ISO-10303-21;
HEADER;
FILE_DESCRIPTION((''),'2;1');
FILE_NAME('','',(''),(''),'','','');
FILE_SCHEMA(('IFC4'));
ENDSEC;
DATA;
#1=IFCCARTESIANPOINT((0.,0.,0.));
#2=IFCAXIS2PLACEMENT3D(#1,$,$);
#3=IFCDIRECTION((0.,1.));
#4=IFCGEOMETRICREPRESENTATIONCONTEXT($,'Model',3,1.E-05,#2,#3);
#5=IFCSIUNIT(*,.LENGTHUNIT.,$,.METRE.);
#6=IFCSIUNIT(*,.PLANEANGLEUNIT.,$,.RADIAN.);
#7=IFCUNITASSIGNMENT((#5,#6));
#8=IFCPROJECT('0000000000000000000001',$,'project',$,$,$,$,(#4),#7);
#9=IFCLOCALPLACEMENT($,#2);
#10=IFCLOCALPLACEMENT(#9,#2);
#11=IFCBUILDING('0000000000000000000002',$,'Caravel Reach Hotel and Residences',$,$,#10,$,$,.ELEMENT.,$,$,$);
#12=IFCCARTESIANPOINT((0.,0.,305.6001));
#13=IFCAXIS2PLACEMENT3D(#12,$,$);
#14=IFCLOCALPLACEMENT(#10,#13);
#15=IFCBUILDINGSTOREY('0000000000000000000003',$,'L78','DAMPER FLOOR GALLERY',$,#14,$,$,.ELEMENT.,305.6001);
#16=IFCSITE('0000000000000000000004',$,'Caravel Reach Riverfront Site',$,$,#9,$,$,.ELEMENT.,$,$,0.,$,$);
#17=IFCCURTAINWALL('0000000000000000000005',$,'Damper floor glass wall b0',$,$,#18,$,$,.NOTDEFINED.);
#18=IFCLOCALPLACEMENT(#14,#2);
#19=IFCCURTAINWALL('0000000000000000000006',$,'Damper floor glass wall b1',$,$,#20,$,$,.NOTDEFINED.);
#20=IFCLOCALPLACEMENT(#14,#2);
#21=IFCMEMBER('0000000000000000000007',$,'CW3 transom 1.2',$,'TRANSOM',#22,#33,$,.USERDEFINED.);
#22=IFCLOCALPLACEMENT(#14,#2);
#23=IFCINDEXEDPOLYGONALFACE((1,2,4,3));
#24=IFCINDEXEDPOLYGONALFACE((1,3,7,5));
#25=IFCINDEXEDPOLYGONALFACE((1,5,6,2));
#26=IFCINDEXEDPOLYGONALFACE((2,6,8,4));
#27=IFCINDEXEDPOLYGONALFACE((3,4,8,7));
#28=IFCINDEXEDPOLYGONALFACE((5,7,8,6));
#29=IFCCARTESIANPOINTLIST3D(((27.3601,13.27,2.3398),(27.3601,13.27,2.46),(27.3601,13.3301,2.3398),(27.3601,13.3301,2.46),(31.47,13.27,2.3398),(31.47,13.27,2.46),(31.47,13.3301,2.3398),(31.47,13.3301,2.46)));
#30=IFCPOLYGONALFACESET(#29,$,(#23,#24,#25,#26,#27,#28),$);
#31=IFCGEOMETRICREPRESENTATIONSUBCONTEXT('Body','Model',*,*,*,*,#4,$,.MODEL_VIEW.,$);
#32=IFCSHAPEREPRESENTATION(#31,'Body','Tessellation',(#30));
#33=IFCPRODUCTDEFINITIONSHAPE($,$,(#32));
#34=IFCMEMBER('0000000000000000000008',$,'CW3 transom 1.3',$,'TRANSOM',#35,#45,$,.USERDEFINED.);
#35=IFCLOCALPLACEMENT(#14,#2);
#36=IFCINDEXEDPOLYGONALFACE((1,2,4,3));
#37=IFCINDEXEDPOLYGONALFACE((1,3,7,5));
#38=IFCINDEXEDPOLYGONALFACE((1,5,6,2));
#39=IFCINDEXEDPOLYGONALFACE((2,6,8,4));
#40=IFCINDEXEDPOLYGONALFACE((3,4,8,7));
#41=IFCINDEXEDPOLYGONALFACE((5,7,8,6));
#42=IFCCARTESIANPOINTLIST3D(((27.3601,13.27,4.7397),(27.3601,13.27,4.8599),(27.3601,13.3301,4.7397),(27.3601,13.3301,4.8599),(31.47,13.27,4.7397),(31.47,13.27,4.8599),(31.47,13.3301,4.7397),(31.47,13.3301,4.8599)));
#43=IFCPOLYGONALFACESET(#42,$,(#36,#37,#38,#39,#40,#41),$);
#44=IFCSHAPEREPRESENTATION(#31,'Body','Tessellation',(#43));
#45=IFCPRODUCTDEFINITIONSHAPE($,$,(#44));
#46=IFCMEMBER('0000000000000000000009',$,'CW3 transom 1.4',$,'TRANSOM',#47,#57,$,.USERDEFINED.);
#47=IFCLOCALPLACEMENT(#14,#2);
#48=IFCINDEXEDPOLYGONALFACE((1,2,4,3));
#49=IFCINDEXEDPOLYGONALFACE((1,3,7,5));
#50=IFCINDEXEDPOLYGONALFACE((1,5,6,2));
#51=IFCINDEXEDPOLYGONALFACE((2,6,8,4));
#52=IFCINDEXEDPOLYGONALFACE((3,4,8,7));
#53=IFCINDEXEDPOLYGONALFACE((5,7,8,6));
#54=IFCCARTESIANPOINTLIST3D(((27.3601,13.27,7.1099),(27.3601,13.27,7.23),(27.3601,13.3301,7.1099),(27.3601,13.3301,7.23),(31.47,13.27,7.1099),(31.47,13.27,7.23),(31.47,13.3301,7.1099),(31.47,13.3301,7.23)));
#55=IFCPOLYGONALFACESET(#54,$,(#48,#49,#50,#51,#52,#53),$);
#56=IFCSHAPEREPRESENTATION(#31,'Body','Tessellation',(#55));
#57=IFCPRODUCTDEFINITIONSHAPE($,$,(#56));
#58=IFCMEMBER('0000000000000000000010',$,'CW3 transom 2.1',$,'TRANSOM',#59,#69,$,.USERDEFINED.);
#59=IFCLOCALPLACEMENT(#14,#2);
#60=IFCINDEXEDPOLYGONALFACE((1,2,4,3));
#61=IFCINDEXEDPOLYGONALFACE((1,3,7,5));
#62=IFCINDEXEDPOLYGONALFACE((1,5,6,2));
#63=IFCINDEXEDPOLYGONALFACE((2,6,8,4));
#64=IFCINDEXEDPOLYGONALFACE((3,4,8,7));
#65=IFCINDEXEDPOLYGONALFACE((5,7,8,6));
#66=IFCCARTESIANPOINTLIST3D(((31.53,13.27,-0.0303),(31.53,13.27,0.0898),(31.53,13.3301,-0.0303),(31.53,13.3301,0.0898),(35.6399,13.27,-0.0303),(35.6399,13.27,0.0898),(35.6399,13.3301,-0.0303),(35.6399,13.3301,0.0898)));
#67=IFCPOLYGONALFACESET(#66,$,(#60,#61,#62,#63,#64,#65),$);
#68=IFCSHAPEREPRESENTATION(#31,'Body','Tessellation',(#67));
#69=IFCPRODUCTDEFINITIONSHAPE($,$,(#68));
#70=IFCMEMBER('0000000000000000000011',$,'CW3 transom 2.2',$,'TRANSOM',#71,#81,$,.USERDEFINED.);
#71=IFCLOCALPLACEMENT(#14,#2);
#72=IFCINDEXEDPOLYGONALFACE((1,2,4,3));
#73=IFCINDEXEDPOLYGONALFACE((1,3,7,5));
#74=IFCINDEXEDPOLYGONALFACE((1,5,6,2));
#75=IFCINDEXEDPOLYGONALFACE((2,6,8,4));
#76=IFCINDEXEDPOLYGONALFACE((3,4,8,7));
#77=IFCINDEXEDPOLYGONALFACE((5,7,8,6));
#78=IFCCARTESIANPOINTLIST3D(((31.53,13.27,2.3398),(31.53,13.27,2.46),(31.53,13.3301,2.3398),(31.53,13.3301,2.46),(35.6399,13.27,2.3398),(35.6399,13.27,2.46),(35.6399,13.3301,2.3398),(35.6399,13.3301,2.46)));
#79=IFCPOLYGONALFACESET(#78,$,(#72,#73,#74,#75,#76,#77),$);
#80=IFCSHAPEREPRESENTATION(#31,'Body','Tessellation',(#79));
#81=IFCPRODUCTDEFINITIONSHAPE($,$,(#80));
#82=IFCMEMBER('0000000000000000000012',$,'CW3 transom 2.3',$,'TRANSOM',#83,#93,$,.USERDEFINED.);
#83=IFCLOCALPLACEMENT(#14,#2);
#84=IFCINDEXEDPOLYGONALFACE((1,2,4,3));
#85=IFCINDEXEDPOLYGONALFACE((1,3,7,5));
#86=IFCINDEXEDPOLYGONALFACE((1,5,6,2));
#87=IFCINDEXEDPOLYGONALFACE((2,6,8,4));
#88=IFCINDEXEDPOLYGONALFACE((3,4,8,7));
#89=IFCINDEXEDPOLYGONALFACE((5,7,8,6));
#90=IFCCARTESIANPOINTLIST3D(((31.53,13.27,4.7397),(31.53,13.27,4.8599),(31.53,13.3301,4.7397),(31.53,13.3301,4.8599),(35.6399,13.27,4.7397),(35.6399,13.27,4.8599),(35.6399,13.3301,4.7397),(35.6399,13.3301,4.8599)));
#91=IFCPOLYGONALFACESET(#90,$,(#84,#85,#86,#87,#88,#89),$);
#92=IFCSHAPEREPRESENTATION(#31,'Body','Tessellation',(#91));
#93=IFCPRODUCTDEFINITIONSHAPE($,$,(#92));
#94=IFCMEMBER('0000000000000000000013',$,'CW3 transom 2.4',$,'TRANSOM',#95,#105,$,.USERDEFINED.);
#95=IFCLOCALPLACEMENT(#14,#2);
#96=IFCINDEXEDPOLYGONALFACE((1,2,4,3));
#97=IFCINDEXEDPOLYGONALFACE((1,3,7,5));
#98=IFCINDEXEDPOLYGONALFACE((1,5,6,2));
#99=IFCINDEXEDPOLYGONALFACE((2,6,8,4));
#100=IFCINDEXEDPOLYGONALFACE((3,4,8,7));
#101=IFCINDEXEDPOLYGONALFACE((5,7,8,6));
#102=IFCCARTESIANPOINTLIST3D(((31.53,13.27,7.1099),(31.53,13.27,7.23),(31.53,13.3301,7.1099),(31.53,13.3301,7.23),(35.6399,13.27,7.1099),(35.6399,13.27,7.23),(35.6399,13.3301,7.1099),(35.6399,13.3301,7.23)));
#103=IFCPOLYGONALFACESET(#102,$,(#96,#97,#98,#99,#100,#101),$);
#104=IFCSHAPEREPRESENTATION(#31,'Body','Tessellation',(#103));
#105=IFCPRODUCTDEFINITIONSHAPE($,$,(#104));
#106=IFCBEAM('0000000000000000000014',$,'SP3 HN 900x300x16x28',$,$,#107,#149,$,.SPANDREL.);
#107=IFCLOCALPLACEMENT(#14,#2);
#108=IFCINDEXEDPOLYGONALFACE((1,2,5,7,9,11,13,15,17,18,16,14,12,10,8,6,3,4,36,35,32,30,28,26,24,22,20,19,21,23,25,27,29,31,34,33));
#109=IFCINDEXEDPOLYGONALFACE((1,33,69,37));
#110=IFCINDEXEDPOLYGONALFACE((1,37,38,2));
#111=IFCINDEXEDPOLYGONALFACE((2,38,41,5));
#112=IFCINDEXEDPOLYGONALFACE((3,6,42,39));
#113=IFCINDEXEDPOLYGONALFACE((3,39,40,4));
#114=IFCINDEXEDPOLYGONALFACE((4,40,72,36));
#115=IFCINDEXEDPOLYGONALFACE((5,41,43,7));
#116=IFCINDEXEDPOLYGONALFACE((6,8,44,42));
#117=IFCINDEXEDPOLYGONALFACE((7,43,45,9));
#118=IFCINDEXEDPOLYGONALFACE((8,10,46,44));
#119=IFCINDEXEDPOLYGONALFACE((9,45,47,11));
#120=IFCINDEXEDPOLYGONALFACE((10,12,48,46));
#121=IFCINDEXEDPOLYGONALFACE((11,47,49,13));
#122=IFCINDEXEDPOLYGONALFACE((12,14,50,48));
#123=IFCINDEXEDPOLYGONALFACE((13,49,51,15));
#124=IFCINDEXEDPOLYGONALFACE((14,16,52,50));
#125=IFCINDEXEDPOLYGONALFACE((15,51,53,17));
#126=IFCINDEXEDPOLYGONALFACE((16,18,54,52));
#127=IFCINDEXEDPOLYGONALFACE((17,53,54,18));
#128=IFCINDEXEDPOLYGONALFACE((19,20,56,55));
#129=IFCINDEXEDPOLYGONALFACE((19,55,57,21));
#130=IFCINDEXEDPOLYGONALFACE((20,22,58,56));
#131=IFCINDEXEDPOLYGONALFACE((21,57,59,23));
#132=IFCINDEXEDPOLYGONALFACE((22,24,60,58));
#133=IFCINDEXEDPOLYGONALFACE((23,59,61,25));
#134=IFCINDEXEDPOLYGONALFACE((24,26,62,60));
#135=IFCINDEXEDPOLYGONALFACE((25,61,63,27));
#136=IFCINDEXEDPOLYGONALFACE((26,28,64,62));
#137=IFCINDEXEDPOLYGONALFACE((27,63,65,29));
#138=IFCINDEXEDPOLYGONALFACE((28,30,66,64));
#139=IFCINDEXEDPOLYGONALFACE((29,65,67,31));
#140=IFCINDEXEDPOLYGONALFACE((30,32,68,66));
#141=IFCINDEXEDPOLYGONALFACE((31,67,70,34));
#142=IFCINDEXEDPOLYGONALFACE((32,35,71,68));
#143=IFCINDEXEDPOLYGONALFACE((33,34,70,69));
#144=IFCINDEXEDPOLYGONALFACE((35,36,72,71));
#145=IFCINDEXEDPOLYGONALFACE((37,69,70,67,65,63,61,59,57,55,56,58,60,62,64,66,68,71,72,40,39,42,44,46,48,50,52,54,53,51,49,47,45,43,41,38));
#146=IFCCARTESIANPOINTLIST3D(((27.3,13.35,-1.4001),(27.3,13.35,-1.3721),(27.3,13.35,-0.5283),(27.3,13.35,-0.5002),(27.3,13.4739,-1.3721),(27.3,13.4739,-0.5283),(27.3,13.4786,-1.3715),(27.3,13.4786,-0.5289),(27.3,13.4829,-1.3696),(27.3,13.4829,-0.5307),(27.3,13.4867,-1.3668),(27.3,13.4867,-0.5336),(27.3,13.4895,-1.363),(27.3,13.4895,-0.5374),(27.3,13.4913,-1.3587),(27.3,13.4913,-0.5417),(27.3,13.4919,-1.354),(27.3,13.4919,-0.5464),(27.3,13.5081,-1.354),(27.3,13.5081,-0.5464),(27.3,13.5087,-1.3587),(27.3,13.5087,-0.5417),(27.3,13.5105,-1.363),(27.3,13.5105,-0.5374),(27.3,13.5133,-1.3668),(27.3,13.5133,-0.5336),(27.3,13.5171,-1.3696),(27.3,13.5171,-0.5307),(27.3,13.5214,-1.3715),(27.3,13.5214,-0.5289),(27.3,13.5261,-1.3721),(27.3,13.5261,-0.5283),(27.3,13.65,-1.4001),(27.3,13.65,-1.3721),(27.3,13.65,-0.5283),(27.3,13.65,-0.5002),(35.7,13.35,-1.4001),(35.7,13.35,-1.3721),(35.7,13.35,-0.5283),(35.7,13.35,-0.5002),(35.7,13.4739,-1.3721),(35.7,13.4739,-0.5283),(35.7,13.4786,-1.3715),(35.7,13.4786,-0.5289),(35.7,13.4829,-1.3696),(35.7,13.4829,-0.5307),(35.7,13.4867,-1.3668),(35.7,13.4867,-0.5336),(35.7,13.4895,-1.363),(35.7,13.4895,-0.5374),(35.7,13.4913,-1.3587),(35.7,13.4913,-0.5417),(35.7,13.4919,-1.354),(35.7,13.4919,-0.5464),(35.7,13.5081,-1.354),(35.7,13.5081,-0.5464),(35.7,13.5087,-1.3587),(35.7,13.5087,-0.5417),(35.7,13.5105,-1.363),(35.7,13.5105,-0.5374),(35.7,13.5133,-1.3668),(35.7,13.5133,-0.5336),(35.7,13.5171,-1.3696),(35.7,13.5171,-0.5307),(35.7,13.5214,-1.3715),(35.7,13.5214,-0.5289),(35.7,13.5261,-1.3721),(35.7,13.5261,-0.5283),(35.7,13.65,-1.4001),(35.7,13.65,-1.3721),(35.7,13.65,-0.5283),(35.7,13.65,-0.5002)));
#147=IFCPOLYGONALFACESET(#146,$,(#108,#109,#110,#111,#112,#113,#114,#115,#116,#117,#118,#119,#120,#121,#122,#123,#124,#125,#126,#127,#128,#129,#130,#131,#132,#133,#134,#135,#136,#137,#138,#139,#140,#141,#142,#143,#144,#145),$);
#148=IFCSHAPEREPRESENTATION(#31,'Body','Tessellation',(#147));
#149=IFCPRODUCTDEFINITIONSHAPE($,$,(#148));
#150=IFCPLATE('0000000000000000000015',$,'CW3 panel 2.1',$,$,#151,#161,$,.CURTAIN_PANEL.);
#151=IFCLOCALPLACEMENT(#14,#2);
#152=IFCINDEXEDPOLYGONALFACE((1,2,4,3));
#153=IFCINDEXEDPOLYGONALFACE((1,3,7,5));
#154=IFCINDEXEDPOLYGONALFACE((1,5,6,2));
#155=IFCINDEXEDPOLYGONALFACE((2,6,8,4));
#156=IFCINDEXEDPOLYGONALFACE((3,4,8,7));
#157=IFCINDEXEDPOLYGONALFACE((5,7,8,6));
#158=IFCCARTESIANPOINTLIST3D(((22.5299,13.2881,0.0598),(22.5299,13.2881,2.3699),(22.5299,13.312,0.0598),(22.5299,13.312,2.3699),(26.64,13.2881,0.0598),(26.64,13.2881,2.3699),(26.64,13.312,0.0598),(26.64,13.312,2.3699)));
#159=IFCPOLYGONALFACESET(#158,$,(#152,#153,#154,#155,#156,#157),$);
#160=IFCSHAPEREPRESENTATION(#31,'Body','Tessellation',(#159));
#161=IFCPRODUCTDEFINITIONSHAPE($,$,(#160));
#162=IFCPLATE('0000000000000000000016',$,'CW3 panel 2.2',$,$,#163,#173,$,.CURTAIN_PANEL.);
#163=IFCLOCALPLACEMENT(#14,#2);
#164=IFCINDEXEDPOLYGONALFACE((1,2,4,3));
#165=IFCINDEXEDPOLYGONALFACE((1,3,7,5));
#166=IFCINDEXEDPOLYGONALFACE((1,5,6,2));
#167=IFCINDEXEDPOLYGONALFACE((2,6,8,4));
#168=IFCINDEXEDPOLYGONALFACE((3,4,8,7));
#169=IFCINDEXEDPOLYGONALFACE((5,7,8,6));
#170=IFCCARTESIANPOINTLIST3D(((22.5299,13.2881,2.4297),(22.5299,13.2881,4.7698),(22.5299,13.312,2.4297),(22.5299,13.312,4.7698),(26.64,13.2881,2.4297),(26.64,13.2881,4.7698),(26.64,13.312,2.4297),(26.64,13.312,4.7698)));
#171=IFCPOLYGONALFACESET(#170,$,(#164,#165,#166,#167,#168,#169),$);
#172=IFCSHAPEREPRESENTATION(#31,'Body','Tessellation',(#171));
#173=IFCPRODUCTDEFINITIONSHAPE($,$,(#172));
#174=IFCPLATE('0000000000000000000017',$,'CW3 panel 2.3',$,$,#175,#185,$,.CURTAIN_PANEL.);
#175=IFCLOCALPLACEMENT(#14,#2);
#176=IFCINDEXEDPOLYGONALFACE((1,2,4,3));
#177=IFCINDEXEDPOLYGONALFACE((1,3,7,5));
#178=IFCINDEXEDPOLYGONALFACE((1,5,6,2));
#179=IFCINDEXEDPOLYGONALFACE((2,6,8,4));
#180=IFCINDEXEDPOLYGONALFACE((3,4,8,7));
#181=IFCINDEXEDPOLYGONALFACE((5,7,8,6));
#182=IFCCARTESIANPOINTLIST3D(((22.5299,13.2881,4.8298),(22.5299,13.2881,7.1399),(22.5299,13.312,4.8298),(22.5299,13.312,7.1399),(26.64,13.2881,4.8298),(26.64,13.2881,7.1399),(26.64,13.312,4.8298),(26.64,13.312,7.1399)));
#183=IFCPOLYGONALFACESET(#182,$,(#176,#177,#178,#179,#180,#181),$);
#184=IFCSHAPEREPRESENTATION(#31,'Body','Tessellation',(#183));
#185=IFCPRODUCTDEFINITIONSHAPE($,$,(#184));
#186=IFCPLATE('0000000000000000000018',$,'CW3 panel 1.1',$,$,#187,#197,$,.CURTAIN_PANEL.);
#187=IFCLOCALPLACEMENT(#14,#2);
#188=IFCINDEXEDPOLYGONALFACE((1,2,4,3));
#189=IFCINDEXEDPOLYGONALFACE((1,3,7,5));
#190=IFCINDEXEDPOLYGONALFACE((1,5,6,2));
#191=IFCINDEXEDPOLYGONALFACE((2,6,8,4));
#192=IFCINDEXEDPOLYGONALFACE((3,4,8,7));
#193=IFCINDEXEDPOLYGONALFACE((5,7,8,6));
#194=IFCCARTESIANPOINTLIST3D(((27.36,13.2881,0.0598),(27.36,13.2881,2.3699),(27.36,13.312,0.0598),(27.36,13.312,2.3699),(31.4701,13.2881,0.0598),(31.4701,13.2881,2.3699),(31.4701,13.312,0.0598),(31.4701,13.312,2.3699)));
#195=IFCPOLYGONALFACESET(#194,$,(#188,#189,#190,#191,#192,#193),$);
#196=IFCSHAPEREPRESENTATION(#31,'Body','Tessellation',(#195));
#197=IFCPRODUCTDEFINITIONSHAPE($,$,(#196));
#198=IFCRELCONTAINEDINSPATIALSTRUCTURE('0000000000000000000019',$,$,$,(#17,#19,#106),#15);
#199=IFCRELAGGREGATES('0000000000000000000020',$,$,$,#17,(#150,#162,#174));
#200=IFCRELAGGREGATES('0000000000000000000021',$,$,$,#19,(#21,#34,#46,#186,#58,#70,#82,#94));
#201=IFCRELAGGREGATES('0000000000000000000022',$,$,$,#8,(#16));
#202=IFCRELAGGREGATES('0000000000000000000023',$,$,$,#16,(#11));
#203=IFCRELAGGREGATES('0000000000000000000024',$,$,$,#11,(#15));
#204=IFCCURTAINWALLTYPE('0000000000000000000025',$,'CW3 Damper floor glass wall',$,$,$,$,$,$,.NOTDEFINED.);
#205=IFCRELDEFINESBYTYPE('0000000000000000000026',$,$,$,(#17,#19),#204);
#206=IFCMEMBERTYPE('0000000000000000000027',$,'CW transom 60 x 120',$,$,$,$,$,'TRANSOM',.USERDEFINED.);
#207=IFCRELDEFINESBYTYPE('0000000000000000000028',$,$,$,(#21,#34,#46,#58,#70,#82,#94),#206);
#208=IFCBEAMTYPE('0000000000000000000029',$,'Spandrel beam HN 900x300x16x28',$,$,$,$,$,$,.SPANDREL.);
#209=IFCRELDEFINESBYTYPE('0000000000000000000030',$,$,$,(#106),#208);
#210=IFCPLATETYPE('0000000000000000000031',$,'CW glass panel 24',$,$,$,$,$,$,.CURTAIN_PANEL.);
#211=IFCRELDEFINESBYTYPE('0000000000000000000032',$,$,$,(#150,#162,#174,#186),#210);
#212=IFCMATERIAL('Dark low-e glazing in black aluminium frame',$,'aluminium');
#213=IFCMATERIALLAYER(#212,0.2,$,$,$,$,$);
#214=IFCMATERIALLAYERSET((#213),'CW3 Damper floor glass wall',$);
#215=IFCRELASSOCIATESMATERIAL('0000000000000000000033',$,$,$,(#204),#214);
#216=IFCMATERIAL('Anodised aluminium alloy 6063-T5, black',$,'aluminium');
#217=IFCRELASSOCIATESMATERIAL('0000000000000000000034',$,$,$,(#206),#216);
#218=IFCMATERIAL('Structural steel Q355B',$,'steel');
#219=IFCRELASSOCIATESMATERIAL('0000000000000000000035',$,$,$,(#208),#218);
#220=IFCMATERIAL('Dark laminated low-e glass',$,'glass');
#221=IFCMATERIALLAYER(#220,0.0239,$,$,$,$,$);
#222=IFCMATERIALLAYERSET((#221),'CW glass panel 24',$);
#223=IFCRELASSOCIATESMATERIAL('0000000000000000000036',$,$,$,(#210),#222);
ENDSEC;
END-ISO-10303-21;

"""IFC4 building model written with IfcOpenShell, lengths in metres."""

from ifc_helpers import new_model, si_unit, direction, frame, origin, origin_2d, place, context, subcontext, project, spatial, rectangle, i_section, extrude, material, layer, layer_set, material_profile, profile_set, type_object, element, aggregate, save


model = new_model("IFC4")

# Units and contexts
model_context = context("Model", 3, precision=1e-05, world=origin(), true_north=direction((0.0, 1.0)))
body_context = subcontext(model_context, "Body", "Model", "MODEL_VIEW")
ifc_project = project(units=[si_unit("LENGTHUNIT", "METRE"), si_unit("PLANEANGLEUNIT", "RADIAN")], contexts=[model_context])

# Site, building, storey
site_placement = place(None, origin())
site = spatial("IfcSite", under=ifc_project, at=site_placement, Name="Caravel Reach Riverfront Site", CompositionType="ELEMENT", RefElevation=0.0)
building_placement = place(site_placement, origin())
building = spatial("IfcBuilding", under=site, at=building_placement, Name="Caravel Reach Hotel and Residences", CompositionType="ELEMENT")
storey_placement = place(building_placement, frame((0.0, 0.0, 305.6001)))
storey = spatial("IfcBuildingStorey", under=building, at=storey_placement, Name="L78", Description="DAMPER FLOOR GALLERY", CompositionType="ELEMENT", Elevation=305.6001)

# Curtain wall
ifc_material_1 = material(Name="Dark low-e glazing in black aluminium frame", Category="aluminium")
ifc_layer_1 = layer(ifc_material_1, 0.2)
ifc_layer_set_1 = layer_set([ifc_layer_1], Name="CW3 Damper floor glass wall")
curtain_wall_type = type_object("IfcCurtainWallType", Name="CW3 Damper floor glass wall", PredefinedType="NOTDEFINED", material=ifc_layer_set_1)
curtain_wall_1_placement = place(storey_placement, origin())
curtain_wall_1 = element("IfcCurtainWall", 1, at=curtain_wall_1_placement, inside=storey, type_object=curtain_wall_type, Name="Damper floor glass wall b0", PredefinedType="NOTDEFINED")

# Curtain wall
curtain_wall_2_placement = place(storey_placement, origin())
curtain_wall_2 = element("IfcCurtainWall", 2, at=curtain_wall_2_placement, inside=storey, type_object=curtain_wall_type, Name="Damper floor glass wall b1", PredefinedType="NOTDEFINED")

# Members
ifc_material_2 = material(Name="Anodised aluminium alloy 6063-T5, black", Category="aluminium")
ifc_material_profile_1 = material_profile(ifc_material_2, rectangle(XDim=0.0601, YDim=0.1201, at=origin_2d()), Name="CW transom 60 x 120")
ifc_profile_set_1 = profile_set([ifc_material_profile_1], Name="Anodised aluminium alloy 6063-T5, black")
member_type_1 = type_object("IfcMemberType", Name="CW transom 60 x 120", ElementType="TRANSOM", PredefinedType="USERDEFINED", material=ifc_profile_set_1)
member_1_placement = place(storey_placement, frame((27.3601, 13.3, 2.3999), z_axis=(1.0, 0.0, 0.0), x_axis=(0.0, 1.0, 0.0)))
member_1 = element("IfcMember", 3, at=member_1_placement, type_object=member_type_1, Name="CW3 transom 1.2", ObjectType="TRANSOM", PredefinedType="USERDEFINED", context=body_context, shape_type="SweptSolid", body=[
    extrude(rectangle(XDim=0.0601, YDim=0.1201, at=origin_2d()), origin(), (0.0, 0.0, 1.0), 4.1099),
])
member_2_placement = place(storey_placement, frame((27.3601, 13.3, 4.7998), z_axis=(1.0, 0.0, 0.0), x_axis=(0.0, 1.0, 0.0)))
member_2 = element("IfcMember", 4, at=member_2_placement, type_object=member_type_1, Name="CW3 transom 1.3", ObjectType="TRANSOM", PredefinedType="USERDEFINED", context=body_context, shape_type="SweptSolid", body=[
    extrude(rectangle(XDim=0.0601, YDim=0.1201, at=origin_2d()), origin(), (0.0, 0.0, 1.0), 4.1099),
])
member_3_placement = place(storey_placement, frame((27.3601, 13.3, 7.1699), z_axis=(1.0, 0.0, 0.0), x_axis=(0.0, 1.0, 0.0)))
member_3 = element("IfcMember", 5, at=member_3_placement, type_object=member_type_1, Name="CW3 transom 1.4", ObjectType="TRANSOM", PredefinedType="USERDEFINED", context=body_context, shape_type="SweptSolid", body=[
    extrude(rectangle(XDim=0.0601, YDim=0.1201, at=origin_2d()), origin(), (0.0, 0.0, 1.0), 4.1099),
])
member_4_placement = place(storey_placement, frame((31.53, 13.3, 0.0298), z_axis=(1.0, 0.0, 0.0), x_axis=(0.0, 1.0, 0.0)))
member_4 = element("IfcMember", 6, at=member_4_placement, type_object=member_type_1, Name="CW3 transom 2.1", ObjectType="TRANSOM", PredefinedType="USERDEFINED", context=body_context, shape_type="SweptSolid", body=[
    extrude(rectangle(XDim=0.0601, YDim=0.1201, at=origin_2d()), origin(), (0.0, 0.0, 1.0), 4.1099),
])
member_5_placement = place(storey_placement, frame((31.53, 13.3, 2.3999), z_axis=(1.0, 0.0, 0.0), x_axis=(0.0, 1.0, 0.0)))
member_5 = element("IfcMember", 7, at=member_5_placement, type_object=member_type_1, Name="CW3 transom 2.2", ObjectType="TRANSOM", PredefinedType="USERDEFINED", context=body_context, shape_type="SweptSolid", body=[
    extrude(rectangle(XDim=0.0601, YDim=0.1201, at=origin_2d()), origin(), (0.0, 0.0, 1.0), 4.1099),
])
member_6_placement = place(storey_placement, frame((31.53, 13.3, 4.7998), z_axis=(1.0, 0.0, 0.0), x_axis=(0.0, 1.0, 0.0)))
member_6 = element("IfcMember", 8, at=member_6_placement, type_object=member_type_1, Name="CW3 transom 2.3", ObjectType="TRANSOM", PredefinedType="USERDEFINED", context=body_context, shape_type="SweptSolid", body=[
    extrude(rectangle(XDim=0.0601, YDim=0.1201, at=origin_2d()), origin(), (0.0, 0.0, 1.0), 4.1099),
])
member_7_placement = place(storey_placement, frame((31.53, 13.3, 7.1699), z_axis=(1.0, 0.0, 0.0), x_axis=(0.0, 1.0, 0.0)))
member_7 = element("IfcMember", 9, at=member_7_placement, type_object=member_type_1, Name="CW3 transom 2.4", ObjectType="TRANSOM", PredefinedType="USERDEFINED", context=body_context, shape_type="SweptSolid", body=[
    extrude(rectangle(XDim=0.0601, YDim=0.1201, at=origin_2d()), origin(), (0.0, 0.0, 1.0), 4.1099),
])

# Beam
ifc_material_3 = material(Name="Structural steel Q355B", Category="steel")
ifc_material_profile_2 = material_profile(ifc_material_3, i_section(OverallWidth=0.3, OverallDepth=0.8999, WebThickness=0.0161, FlangeThickness=0.0281, FilletRadius=0.0181, at=origin_2d()), Name="HN 900x300x16x28")
ifc_profile_set_2 = profile_set([ifc_material_profile_2], Name="Structural steel Q355B")
beam_type = type_object("IfcBeamType", Name="Spandrel beam HN 900x300x16x28", PredefinedType="SPANDREL", material=ifc_profile_set_2)
beam_placement = place(storey_placement, frame((27.3, 13.5, -0.9502), z_axis=(1.0, 0.0, 0.0), x_axis=(0.0, 1.0, 0.0)))
element("IfcBeam", 10, at=beam_placement, inside=storey, type_object=beam_type, Name="SP3 HN 900x300x16x28", PredefinedType="SPANDREL", context=body_context, shape_type="SweptSolid", body=[
    extrude(i_section(OverallWidth=0.3, OverallDepth=0.8999, WebThickness=0.0161, FlangeThickness=0.0281, FilletRadius=0.0181, at=origin_2d()), origin(), (0.0, 0.0, 1.0), 8.3999),
])

# Plates
ifc_material_4 = material(Name="Dark laminated low-e glass", Category="glass")
ifc_layer_2 = layer(ifc_material_4, 0.0239)
ifc_layer_set_2 = layer_set([ifc_layer_2], Name="CW glass panel 24")
plate_type = type_object("IfcPlateType", Name="CW glass panel 24", PredefinedType="CURTAIN_PANEL", material=ifc_layer_set_2)
plate_1_placement = place(storey_placement, frame((24.585, 13.3, 0.0598), z_axis=(0.0, 0.0, 1.0), x_axis=(1.0, 0.0, 0.0)))
plate_1 = element("IfcPlate", 11, at=plate_1_placement, type_object=plate_type, Name="CW3 panel 2.1", PredefinedType="CURTAIN_PANEL", context=body_context, shape_type="SweptSolid", body=[
    extrude(rectangle(XDim=4.1101, YDim=0.0239, at=origin_2d()), origin(), (0.0, 0.0, 1.0), 2.3101),
])
plate_2_placement = place(storey_placement, frame((24.585, 13.3, 2.4297), z_axis=(0.0, 0.0, 1.0), x_axis=(1.0, 0.0, 0.0)))
plate_2 = element("IfcPlate", 12, at=plate_2_placement, type_object=plate_type, Name="CW3 panel 2.2", PredefinedType="CURTAIN_PANEL", context=body_context, shape_type="SweptSolid", body=[
    extrude(rectangle(XDim=4.1101, YDim=0.0239, at=origin_2d()), origin(), (0.0, 0.0, 1.0), 2.3401),
])
plate_3_placement = place(storey_placement, frame((24.585, 13.3, 4.8298), z_axis=(0.0, 0.0, 1.0), x_axis=(1.0, 0.0, 0.0)))
plate_3 = element("IfcPlate", 13, at=plate_3_placement, type_object=plate_type, Name="CW3 panel 2.3", PredefinedType="CURTAIN_PANEL", context=body_context, shape_type="SweptSolid", body=[
    extrude(rectangle(XDim=4.1101, YDim=0.0239, at=origin_2d()), origin(), (0.0, 0.0, 1.0), 2.3101),
])
aggregate(curtain_wall_1, [plate_1, plate_2, plate_3])
plate_4_placement = place(storey_placement, frame((29.415, 13.3, 0.0598), z_axis=(0.0, 0.0, 1.0), x_axis=(1.0, 0.0, 0.0)))
plate_4 = element("IfcPlate", 14, at=plate_4_placement, type_object=plate_type, Name="CW3 panel 1.1", PredefinedType="CURTAIN_PANEL", context=body_context, shape_type="SweptSolid", body=[
    extrude(rectangle(XDim=4.1101, YDim=0.0239, at=origin_2d()), origin(), (0.0, 0.0, 1.0), 2.3101),
])
aggregate(curtain_wall_2, [member_1, member_2, member_3, plate_4, member_4, member_5, member_6, member_7])

save(model, "model.ifc")
